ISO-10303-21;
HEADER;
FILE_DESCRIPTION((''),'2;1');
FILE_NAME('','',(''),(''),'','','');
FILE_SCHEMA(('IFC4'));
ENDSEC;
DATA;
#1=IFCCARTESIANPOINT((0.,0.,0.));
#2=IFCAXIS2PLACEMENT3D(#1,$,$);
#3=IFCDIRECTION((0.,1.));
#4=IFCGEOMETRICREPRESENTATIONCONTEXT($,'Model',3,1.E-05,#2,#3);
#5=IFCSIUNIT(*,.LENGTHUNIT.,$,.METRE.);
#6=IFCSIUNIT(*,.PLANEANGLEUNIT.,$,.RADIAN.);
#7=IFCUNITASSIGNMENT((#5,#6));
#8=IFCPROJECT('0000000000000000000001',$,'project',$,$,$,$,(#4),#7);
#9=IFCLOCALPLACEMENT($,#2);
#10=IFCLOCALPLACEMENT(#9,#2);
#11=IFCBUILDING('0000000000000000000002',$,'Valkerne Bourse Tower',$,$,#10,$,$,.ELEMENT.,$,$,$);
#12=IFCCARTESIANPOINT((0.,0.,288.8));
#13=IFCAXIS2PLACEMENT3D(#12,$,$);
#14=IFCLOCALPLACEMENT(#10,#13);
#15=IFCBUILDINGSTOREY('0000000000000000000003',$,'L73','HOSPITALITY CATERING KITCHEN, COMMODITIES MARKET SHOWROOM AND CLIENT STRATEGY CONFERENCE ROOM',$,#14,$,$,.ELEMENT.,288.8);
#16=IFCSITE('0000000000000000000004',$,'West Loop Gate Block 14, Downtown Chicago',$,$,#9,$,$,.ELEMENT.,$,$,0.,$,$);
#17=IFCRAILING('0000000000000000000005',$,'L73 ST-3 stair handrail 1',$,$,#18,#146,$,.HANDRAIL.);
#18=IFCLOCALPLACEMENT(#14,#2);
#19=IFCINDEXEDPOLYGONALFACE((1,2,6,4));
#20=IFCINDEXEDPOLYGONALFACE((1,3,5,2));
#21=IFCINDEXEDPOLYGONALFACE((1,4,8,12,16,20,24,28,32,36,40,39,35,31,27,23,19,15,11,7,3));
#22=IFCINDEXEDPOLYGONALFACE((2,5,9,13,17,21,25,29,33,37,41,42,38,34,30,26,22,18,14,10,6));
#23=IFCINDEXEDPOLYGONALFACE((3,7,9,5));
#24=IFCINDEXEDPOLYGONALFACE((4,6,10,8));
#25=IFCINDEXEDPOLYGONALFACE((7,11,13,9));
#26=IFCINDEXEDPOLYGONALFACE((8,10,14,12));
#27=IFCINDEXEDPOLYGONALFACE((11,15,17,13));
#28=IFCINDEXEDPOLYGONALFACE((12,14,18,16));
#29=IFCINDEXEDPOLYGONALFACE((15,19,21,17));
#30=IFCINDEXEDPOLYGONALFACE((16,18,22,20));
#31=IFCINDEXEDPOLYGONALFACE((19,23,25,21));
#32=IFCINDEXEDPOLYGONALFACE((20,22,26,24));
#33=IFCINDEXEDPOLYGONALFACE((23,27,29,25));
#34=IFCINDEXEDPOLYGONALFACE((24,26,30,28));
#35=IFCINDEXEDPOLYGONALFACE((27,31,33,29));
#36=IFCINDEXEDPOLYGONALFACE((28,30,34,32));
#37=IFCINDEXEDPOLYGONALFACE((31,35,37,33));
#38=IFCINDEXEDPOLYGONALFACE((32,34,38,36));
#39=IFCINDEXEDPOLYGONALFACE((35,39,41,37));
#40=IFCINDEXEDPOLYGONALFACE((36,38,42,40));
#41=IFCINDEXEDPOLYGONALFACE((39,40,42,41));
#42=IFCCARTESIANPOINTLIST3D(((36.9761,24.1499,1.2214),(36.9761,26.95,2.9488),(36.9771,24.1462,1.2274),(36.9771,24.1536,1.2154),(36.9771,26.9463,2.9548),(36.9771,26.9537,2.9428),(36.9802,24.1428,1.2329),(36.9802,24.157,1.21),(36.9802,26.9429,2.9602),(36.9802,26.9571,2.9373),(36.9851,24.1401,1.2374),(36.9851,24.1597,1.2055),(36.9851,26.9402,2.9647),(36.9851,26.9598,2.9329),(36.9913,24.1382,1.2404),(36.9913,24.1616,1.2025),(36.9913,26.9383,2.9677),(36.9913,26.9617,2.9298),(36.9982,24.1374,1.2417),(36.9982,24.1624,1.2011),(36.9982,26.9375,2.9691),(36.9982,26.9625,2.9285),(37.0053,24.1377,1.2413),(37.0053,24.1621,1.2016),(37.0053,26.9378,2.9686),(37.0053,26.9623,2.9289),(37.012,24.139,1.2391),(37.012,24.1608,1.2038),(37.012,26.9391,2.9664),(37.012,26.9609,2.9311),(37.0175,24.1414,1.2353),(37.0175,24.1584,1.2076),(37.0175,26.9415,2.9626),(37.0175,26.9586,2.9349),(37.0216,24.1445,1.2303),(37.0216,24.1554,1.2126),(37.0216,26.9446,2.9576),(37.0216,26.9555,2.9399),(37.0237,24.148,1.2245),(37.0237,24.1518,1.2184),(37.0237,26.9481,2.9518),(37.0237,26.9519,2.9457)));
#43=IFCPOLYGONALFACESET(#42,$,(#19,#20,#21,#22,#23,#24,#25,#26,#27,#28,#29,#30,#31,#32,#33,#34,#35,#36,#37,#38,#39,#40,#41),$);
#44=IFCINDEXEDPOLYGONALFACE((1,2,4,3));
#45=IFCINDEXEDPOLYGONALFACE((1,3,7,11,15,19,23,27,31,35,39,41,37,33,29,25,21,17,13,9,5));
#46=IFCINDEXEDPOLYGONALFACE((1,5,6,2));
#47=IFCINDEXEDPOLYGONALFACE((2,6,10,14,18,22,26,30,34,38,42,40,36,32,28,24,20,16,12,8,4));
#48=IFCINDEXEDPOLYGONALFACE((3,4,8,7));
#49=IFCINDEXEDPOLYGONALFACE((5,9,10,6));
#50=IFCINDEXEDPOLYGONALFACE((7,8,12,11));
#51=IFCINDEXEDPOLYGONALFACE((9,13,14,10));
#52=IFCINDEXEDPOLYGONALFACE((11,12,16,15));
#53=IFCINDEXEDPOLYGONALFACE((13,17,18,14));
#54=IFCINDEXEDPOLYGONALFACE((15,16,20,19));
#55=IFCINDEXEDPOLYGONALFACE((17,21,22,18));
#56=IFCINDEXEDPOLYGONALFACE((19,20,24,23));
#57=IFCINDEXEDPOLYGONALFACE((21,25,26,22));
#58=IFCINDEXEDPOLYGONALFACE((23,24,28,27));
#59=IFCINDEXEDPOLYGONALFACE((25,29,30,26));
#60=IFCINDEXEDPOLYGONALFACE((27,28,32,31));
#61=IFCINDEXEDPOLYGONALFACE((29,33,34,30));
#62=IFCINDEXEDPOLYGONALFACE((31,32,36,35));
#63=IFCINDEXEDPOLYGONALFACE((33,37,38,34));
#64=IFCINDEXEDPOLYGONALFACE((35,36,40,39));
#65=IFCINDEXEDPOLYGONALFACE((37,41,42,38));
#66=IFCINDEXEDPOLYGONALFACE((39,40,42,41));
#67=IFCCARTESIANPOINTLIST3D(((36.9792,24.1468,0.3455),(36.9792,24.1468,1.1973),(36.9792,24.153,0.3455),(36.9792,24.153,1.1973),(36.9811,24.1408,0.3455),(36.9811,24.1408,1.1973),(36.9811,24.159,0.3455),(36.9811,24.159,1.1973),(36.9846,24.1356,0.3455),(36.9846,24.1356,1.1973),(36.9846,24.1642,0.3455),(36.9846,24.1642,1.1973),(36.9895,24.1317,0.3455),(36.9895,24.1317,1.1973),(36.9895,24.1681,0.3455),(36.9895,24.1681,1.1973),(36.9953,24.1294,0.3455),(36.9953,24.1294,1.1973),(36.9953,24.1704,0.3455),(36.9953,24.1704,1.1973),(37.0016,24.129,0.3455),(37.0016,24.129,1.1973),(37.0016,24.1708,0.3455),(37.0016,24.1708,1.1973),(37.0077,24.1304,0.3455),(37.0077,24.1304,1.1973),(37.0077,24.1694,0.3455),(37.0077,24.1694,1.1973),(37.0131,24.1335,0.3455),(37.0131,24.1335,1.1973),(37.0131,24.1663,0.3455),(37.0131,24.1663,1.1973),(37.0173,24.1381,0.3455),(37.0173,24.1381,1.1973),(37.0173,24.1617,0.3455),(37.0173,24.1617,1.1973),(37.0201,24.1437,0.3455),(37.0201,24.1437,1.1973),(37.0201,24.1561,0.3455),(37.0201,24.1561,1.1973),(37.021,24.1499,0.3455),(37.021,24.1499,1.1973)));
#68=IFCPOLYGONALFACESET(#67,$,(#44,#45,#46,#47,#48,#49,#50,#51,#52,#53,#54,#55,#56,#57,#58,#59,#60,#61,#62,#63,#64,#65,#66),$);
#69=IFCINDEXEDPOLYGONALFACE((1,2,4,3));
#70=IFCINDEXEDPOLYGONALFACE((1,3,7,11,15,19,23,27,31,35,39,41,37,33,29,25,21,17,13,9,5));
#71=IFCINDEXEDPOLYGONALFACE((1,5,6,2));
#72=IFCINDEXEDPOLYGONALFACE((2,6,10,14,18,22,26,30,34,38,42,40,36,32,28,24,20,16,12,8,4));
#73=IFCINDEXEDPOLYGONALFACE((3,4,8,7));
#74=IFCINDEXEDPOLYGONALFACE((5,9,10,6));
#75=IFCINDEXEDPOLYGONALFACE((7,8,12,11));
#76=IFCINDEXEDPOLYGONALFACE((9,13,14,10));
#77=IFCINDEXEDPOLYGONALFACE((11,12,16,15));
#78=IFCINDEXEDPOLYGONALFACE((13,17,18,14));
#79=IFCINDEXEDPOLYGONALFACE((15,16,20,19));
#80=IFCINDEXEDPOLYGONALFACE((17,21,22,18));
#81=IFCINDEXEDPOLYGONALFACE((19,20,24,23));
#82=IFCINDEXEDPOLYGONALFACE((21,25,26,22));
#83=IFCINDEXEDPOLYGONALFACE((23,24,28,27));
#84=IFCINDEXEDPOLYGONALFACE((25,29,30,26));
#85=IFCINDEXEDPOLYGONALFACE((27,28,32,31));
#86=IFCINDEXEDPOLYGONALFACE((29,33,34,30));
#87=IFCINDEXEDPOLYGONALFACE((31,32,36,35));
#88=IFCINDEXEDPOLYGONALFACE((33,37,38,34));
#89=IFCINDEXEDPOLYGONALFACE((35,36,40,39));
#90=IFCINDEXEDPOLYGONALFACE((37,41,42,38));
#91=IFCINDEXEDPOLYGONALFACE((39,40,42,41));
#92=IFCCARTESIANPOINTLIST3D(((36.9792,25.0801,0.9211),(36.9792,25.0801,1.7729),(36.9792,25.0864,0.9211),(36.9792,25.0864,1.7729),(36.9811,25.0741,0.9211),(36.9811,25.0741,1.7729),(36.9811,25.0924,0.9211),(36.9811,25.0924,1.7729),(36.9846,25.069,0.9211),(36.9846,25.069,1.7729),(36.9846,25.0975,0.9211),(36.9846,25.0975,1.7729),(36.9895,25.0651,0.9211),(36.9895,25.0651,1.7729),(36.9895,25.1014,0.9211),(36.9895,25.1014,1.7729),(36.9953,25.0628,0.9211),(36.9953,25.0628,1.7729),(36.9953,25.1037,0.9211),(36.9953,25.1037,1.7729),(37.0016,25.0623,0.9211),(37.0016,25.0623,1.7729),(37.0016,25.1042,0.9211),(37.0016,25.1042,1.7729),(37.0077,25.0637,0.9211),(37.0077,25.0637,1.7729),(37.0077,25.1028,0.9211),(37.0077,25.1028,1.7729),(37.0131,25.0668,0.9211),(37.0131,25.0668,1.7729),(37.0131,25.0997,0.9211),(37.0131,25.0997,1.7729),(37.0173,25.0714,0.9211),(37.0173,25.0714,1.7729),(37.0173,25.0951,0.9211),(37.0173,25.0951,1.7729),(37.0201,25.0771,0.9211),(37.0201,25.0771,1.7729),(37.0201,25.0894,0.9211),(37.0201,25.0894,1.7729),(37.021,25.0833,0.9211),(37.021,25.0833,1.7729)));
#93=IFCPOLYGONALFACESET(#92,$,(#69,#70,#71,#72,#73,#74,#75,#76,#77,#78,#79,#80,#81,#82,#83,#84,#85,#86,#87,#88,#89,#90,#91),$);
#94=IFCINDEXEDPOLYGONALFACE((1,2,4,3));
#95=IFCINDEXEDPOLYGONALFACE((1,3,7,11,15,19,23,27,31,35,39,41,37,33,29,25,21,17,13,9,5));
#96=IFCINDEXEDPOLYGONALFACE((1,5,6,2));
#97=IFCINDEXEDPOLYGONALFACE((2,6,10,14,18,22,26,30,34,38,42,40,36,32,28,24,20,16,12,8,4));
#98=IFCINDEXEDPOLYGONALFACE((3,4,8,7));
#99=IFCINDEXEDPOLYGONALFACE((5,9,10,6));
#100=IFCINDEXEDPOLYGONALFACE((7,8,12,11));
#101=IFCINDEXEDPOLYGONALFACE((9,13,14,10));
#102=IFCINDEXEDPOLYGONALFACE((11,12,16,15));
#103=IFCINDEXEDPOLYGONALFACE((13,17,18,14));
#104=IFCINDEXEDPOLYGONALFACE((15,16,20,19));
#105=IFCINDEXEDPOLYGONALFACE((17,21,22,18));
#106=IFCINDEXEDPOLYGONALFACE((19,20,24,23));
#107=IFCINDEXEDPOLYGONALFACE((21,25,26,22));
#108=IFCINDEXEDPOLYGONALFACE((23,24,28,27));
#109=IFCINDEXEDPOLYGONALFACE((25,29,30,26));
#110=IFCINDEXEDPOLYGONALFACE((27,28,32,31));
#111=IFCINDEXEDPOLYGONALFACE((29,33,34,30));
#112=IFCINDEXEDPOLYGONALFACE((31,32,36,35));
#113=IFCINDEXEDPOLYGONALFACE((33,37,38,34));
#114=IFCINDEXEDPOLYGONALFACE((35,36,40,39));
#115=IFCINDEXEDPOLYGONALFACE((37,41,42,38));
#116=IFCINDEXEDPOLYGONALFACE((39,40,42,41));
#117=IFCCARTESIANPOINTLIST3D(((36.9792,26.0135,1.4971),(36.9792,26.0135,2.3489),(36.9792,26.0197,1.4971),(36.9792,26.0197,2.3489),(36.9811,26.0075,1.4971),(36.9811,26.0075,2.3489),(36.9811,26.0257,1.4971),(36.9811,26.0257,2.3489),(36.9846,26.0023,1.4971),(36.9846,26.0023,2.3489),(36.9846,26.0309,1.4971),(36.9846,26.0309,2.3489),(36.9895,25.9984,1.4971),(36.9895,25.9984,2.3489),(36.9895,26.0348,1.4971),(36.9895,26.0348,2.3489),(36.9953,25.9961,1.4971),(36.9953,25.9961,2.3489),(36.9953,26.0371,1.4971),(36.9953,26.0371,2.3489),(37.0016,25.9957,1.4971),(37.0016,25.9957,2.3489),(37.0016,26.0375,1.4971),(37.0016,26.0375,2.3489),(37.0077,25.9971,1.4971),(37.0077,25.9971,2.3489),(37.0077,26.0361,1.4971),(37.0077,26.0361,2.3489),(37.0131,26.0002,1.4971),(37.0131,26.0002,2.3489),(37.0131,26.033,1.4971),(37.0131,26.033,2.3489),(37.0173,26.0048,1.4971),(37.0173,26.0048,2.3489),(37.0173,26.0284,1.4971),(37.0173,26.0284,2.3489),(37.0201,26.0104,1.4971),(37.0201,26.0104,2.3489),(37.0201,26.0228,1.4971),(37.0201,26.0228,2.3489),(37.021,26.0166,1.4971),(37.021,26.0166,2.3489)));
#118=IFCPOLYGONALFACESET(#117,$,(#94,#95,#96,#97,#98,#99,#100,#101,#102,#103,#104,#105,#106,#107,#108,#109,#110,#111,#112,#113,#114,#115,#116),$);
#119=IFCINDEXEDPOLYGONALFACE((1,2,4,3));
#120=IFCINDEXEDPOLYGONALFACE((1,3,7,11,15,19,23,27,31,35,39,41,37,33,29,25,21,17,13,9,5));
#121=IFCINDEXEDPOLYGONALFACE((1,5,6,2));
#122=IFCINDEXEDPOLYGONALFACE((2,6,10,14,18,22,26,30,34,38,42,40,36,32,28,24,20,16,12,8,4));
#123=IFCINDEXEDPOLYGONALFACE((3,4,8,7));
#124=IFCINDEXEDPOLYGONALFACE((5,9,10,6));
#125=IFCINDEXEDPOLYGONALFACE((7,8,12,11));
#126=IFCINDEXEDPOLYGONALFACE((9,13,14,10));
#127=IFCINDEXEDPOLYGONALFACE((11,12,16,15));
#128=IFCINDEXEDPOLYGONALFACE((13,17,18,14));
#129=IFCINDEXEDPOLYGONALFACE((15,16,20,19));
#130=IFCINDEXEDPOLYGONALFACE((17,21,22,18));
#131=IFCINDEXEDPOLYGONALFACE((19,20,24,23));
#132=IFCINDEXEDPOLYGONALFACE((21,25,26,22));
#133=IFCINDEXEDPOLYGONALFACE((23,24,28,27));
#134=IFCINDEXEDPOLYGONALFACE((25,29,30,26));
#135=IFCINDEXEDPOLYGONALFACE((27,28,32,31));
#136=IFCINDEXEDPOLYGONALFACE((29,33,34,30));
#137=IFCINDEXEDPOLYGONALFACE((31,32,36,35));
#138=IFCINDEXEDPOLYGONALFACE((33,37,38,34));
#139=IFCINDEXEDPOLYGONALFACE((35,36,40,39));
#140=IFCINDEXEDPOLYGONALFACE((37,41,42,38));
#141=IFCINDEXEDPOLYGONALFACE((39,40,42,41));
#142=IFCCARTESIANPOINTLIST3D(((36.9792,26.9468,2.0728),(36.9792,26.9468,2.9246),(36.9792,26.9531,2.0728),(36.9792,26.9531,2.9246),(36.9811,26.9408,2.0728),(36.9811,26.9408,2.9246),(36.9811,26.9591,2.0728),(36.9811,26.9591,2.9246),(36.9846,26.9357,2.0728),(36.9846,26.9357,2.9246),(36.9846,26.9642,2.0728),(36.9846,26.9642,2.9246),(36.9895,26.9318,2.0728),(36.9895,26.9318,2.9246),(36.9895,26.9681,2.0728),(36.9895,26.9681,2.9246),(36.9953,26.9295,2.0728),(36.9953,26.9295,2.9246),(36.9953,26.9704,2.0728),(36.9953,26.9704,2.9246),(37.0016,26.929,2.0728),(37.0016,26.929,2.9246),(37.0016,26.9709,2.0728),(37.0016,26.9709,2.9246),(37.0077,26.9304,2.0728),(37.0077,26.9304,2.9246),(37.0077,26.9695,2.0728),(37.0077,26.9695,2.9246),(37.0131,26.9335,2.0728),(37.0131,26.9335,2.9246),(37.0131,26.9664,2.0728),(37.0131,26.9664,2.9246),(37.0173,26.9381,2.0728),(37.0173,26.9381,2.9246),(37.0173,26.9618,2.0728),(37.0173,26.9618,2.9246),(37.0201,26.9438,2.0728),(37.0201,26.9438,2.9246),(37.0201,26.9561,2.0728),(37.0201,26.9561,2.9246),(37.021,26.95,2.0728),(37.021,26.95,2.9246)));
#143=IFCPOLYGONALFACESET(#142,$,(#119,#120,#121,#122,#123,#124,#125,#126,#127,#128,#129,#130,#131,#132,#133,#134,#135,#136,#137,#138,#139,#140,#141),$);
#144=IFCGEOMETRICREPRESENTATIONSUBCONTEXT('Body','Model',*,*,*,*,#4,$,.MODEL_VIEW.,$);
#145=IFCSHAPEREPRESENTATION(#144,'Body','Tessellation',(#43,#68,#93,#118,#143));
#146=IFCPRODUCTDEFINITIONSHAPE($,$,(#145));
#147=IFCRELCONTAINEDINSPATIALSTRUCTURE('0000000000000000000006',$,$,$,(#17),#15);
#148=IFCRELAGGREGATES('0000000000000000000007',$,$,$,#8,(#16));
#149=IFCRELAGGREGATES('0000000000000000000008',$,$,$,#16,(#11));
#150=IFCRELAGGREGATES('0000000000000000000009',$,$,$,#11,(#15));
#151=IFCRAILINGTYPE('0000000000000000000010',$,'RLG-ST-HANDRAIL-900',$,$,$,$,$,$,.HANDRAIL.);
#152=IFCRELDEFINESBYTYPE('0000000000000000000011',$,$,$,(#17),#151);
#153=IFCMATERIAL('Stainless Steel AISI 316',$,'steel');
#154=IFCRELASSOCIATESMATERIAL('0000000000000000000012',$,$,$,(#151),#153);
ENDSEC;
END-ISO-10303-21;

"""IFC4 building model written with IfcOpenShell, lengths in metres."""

from ifc_helpers import new_model, si_unit, direction, frame, origin, origin_2d, place, context, subcontext, project, spatial, circle, extrude, material, type_object, element, save


model = new_model("IFC4")

# Units and contexts
model_context = context("Model", 3, precision=1e-05, world=origin(), true_north=direction((0.0, 1.0)))
body_context = subcontext(model_context, "Body", "Model", "MODEL_VIEW")
ifc_project = project(units=[si_unit("LENGTHUNIT", "METRE"), si_unit("PLANEANGLEUNIT", "RADIAN")], contexts=[model_context])

# Site, building, storey
site_placement = place(None, origin())
site = spatial("IfcSite", under=ifc_project, at=site_placement, Name="West Loop Gate Block 14, Downtown Chicago", CompositionType="ELEMENT", RefElevation=0.0)
building_placement = place(site_placement, origin())
building = spatial("IfcBuilding", under=site, at=building_placement, Name="Valkerne Bourse Tower", CompositionType="ELEMENT")
storey_placement = place(building_placement, frame((0.0, 0.0, 288.8)))
storey = spatial("IfcBuildingStorey", under=building, at=storey_placement, Name="L73", Description="HOSPITALITY CATERING KITCHEN, COMMODITIES MARKET SHOWROOM AND CLIENT STRATEGY CONFERENCE ROOM", CompositionType="ELEMENT", Elevation=288.8)

# Railing
ifc_material_1 = material(Name="Stainless Steel AISI 316", Category="steel")
railing_type_1 = type_object("IfcRailingType", Name="RLG-ST-HANDRAIL-900", PredefinedType="HANDRAIL", material=ifc_material_1)
railing_1_placement = place(storey_placement, frame((37.0, 24.1499, 0.3455)))
element("IfcRailing", 1, at=railing_1_placement, inside=storey, type_object=railing_type_1, Name="L73 ST-3 stair handrail 1", PredefinedType="HANDRAIL", context=body_context, shape_type="SweptSolid", body=[
    extrude(circle(Radius=0.0239, at=origin_2d()), frame((0.0, 0.0, 0.876), z_axis=(0.0, 0.85109, 0.52502), x_axis=(-1.0, 0.0, 0.0)), (0.0, 0.0, 1.0), 3.29),
    extrude(circle(Radius=0.021, at=origin_2d()), origin(), (0.0, 0.0, 1.0), 0.8518),
    extrude(circle(Radius=0.021, at=origin_2d()), frame((0.0, 0.9333, 0.5757)), (0.0, 0.0, 1.0), 0.8518),
    extrude(circle(Radius=0.021, at=origin_2d()), frame((0.0, 1.8667, 1.1516)), (0.0, 0.0, 1.0), 0.8518),
    extrude(circle(Radius=0.021, at=origin_2d()), frame((0.0, 2.8, 1.7273)), (0.0, 0.0, 1.0), 0.8518),
])

save(model, "model.ifc")
